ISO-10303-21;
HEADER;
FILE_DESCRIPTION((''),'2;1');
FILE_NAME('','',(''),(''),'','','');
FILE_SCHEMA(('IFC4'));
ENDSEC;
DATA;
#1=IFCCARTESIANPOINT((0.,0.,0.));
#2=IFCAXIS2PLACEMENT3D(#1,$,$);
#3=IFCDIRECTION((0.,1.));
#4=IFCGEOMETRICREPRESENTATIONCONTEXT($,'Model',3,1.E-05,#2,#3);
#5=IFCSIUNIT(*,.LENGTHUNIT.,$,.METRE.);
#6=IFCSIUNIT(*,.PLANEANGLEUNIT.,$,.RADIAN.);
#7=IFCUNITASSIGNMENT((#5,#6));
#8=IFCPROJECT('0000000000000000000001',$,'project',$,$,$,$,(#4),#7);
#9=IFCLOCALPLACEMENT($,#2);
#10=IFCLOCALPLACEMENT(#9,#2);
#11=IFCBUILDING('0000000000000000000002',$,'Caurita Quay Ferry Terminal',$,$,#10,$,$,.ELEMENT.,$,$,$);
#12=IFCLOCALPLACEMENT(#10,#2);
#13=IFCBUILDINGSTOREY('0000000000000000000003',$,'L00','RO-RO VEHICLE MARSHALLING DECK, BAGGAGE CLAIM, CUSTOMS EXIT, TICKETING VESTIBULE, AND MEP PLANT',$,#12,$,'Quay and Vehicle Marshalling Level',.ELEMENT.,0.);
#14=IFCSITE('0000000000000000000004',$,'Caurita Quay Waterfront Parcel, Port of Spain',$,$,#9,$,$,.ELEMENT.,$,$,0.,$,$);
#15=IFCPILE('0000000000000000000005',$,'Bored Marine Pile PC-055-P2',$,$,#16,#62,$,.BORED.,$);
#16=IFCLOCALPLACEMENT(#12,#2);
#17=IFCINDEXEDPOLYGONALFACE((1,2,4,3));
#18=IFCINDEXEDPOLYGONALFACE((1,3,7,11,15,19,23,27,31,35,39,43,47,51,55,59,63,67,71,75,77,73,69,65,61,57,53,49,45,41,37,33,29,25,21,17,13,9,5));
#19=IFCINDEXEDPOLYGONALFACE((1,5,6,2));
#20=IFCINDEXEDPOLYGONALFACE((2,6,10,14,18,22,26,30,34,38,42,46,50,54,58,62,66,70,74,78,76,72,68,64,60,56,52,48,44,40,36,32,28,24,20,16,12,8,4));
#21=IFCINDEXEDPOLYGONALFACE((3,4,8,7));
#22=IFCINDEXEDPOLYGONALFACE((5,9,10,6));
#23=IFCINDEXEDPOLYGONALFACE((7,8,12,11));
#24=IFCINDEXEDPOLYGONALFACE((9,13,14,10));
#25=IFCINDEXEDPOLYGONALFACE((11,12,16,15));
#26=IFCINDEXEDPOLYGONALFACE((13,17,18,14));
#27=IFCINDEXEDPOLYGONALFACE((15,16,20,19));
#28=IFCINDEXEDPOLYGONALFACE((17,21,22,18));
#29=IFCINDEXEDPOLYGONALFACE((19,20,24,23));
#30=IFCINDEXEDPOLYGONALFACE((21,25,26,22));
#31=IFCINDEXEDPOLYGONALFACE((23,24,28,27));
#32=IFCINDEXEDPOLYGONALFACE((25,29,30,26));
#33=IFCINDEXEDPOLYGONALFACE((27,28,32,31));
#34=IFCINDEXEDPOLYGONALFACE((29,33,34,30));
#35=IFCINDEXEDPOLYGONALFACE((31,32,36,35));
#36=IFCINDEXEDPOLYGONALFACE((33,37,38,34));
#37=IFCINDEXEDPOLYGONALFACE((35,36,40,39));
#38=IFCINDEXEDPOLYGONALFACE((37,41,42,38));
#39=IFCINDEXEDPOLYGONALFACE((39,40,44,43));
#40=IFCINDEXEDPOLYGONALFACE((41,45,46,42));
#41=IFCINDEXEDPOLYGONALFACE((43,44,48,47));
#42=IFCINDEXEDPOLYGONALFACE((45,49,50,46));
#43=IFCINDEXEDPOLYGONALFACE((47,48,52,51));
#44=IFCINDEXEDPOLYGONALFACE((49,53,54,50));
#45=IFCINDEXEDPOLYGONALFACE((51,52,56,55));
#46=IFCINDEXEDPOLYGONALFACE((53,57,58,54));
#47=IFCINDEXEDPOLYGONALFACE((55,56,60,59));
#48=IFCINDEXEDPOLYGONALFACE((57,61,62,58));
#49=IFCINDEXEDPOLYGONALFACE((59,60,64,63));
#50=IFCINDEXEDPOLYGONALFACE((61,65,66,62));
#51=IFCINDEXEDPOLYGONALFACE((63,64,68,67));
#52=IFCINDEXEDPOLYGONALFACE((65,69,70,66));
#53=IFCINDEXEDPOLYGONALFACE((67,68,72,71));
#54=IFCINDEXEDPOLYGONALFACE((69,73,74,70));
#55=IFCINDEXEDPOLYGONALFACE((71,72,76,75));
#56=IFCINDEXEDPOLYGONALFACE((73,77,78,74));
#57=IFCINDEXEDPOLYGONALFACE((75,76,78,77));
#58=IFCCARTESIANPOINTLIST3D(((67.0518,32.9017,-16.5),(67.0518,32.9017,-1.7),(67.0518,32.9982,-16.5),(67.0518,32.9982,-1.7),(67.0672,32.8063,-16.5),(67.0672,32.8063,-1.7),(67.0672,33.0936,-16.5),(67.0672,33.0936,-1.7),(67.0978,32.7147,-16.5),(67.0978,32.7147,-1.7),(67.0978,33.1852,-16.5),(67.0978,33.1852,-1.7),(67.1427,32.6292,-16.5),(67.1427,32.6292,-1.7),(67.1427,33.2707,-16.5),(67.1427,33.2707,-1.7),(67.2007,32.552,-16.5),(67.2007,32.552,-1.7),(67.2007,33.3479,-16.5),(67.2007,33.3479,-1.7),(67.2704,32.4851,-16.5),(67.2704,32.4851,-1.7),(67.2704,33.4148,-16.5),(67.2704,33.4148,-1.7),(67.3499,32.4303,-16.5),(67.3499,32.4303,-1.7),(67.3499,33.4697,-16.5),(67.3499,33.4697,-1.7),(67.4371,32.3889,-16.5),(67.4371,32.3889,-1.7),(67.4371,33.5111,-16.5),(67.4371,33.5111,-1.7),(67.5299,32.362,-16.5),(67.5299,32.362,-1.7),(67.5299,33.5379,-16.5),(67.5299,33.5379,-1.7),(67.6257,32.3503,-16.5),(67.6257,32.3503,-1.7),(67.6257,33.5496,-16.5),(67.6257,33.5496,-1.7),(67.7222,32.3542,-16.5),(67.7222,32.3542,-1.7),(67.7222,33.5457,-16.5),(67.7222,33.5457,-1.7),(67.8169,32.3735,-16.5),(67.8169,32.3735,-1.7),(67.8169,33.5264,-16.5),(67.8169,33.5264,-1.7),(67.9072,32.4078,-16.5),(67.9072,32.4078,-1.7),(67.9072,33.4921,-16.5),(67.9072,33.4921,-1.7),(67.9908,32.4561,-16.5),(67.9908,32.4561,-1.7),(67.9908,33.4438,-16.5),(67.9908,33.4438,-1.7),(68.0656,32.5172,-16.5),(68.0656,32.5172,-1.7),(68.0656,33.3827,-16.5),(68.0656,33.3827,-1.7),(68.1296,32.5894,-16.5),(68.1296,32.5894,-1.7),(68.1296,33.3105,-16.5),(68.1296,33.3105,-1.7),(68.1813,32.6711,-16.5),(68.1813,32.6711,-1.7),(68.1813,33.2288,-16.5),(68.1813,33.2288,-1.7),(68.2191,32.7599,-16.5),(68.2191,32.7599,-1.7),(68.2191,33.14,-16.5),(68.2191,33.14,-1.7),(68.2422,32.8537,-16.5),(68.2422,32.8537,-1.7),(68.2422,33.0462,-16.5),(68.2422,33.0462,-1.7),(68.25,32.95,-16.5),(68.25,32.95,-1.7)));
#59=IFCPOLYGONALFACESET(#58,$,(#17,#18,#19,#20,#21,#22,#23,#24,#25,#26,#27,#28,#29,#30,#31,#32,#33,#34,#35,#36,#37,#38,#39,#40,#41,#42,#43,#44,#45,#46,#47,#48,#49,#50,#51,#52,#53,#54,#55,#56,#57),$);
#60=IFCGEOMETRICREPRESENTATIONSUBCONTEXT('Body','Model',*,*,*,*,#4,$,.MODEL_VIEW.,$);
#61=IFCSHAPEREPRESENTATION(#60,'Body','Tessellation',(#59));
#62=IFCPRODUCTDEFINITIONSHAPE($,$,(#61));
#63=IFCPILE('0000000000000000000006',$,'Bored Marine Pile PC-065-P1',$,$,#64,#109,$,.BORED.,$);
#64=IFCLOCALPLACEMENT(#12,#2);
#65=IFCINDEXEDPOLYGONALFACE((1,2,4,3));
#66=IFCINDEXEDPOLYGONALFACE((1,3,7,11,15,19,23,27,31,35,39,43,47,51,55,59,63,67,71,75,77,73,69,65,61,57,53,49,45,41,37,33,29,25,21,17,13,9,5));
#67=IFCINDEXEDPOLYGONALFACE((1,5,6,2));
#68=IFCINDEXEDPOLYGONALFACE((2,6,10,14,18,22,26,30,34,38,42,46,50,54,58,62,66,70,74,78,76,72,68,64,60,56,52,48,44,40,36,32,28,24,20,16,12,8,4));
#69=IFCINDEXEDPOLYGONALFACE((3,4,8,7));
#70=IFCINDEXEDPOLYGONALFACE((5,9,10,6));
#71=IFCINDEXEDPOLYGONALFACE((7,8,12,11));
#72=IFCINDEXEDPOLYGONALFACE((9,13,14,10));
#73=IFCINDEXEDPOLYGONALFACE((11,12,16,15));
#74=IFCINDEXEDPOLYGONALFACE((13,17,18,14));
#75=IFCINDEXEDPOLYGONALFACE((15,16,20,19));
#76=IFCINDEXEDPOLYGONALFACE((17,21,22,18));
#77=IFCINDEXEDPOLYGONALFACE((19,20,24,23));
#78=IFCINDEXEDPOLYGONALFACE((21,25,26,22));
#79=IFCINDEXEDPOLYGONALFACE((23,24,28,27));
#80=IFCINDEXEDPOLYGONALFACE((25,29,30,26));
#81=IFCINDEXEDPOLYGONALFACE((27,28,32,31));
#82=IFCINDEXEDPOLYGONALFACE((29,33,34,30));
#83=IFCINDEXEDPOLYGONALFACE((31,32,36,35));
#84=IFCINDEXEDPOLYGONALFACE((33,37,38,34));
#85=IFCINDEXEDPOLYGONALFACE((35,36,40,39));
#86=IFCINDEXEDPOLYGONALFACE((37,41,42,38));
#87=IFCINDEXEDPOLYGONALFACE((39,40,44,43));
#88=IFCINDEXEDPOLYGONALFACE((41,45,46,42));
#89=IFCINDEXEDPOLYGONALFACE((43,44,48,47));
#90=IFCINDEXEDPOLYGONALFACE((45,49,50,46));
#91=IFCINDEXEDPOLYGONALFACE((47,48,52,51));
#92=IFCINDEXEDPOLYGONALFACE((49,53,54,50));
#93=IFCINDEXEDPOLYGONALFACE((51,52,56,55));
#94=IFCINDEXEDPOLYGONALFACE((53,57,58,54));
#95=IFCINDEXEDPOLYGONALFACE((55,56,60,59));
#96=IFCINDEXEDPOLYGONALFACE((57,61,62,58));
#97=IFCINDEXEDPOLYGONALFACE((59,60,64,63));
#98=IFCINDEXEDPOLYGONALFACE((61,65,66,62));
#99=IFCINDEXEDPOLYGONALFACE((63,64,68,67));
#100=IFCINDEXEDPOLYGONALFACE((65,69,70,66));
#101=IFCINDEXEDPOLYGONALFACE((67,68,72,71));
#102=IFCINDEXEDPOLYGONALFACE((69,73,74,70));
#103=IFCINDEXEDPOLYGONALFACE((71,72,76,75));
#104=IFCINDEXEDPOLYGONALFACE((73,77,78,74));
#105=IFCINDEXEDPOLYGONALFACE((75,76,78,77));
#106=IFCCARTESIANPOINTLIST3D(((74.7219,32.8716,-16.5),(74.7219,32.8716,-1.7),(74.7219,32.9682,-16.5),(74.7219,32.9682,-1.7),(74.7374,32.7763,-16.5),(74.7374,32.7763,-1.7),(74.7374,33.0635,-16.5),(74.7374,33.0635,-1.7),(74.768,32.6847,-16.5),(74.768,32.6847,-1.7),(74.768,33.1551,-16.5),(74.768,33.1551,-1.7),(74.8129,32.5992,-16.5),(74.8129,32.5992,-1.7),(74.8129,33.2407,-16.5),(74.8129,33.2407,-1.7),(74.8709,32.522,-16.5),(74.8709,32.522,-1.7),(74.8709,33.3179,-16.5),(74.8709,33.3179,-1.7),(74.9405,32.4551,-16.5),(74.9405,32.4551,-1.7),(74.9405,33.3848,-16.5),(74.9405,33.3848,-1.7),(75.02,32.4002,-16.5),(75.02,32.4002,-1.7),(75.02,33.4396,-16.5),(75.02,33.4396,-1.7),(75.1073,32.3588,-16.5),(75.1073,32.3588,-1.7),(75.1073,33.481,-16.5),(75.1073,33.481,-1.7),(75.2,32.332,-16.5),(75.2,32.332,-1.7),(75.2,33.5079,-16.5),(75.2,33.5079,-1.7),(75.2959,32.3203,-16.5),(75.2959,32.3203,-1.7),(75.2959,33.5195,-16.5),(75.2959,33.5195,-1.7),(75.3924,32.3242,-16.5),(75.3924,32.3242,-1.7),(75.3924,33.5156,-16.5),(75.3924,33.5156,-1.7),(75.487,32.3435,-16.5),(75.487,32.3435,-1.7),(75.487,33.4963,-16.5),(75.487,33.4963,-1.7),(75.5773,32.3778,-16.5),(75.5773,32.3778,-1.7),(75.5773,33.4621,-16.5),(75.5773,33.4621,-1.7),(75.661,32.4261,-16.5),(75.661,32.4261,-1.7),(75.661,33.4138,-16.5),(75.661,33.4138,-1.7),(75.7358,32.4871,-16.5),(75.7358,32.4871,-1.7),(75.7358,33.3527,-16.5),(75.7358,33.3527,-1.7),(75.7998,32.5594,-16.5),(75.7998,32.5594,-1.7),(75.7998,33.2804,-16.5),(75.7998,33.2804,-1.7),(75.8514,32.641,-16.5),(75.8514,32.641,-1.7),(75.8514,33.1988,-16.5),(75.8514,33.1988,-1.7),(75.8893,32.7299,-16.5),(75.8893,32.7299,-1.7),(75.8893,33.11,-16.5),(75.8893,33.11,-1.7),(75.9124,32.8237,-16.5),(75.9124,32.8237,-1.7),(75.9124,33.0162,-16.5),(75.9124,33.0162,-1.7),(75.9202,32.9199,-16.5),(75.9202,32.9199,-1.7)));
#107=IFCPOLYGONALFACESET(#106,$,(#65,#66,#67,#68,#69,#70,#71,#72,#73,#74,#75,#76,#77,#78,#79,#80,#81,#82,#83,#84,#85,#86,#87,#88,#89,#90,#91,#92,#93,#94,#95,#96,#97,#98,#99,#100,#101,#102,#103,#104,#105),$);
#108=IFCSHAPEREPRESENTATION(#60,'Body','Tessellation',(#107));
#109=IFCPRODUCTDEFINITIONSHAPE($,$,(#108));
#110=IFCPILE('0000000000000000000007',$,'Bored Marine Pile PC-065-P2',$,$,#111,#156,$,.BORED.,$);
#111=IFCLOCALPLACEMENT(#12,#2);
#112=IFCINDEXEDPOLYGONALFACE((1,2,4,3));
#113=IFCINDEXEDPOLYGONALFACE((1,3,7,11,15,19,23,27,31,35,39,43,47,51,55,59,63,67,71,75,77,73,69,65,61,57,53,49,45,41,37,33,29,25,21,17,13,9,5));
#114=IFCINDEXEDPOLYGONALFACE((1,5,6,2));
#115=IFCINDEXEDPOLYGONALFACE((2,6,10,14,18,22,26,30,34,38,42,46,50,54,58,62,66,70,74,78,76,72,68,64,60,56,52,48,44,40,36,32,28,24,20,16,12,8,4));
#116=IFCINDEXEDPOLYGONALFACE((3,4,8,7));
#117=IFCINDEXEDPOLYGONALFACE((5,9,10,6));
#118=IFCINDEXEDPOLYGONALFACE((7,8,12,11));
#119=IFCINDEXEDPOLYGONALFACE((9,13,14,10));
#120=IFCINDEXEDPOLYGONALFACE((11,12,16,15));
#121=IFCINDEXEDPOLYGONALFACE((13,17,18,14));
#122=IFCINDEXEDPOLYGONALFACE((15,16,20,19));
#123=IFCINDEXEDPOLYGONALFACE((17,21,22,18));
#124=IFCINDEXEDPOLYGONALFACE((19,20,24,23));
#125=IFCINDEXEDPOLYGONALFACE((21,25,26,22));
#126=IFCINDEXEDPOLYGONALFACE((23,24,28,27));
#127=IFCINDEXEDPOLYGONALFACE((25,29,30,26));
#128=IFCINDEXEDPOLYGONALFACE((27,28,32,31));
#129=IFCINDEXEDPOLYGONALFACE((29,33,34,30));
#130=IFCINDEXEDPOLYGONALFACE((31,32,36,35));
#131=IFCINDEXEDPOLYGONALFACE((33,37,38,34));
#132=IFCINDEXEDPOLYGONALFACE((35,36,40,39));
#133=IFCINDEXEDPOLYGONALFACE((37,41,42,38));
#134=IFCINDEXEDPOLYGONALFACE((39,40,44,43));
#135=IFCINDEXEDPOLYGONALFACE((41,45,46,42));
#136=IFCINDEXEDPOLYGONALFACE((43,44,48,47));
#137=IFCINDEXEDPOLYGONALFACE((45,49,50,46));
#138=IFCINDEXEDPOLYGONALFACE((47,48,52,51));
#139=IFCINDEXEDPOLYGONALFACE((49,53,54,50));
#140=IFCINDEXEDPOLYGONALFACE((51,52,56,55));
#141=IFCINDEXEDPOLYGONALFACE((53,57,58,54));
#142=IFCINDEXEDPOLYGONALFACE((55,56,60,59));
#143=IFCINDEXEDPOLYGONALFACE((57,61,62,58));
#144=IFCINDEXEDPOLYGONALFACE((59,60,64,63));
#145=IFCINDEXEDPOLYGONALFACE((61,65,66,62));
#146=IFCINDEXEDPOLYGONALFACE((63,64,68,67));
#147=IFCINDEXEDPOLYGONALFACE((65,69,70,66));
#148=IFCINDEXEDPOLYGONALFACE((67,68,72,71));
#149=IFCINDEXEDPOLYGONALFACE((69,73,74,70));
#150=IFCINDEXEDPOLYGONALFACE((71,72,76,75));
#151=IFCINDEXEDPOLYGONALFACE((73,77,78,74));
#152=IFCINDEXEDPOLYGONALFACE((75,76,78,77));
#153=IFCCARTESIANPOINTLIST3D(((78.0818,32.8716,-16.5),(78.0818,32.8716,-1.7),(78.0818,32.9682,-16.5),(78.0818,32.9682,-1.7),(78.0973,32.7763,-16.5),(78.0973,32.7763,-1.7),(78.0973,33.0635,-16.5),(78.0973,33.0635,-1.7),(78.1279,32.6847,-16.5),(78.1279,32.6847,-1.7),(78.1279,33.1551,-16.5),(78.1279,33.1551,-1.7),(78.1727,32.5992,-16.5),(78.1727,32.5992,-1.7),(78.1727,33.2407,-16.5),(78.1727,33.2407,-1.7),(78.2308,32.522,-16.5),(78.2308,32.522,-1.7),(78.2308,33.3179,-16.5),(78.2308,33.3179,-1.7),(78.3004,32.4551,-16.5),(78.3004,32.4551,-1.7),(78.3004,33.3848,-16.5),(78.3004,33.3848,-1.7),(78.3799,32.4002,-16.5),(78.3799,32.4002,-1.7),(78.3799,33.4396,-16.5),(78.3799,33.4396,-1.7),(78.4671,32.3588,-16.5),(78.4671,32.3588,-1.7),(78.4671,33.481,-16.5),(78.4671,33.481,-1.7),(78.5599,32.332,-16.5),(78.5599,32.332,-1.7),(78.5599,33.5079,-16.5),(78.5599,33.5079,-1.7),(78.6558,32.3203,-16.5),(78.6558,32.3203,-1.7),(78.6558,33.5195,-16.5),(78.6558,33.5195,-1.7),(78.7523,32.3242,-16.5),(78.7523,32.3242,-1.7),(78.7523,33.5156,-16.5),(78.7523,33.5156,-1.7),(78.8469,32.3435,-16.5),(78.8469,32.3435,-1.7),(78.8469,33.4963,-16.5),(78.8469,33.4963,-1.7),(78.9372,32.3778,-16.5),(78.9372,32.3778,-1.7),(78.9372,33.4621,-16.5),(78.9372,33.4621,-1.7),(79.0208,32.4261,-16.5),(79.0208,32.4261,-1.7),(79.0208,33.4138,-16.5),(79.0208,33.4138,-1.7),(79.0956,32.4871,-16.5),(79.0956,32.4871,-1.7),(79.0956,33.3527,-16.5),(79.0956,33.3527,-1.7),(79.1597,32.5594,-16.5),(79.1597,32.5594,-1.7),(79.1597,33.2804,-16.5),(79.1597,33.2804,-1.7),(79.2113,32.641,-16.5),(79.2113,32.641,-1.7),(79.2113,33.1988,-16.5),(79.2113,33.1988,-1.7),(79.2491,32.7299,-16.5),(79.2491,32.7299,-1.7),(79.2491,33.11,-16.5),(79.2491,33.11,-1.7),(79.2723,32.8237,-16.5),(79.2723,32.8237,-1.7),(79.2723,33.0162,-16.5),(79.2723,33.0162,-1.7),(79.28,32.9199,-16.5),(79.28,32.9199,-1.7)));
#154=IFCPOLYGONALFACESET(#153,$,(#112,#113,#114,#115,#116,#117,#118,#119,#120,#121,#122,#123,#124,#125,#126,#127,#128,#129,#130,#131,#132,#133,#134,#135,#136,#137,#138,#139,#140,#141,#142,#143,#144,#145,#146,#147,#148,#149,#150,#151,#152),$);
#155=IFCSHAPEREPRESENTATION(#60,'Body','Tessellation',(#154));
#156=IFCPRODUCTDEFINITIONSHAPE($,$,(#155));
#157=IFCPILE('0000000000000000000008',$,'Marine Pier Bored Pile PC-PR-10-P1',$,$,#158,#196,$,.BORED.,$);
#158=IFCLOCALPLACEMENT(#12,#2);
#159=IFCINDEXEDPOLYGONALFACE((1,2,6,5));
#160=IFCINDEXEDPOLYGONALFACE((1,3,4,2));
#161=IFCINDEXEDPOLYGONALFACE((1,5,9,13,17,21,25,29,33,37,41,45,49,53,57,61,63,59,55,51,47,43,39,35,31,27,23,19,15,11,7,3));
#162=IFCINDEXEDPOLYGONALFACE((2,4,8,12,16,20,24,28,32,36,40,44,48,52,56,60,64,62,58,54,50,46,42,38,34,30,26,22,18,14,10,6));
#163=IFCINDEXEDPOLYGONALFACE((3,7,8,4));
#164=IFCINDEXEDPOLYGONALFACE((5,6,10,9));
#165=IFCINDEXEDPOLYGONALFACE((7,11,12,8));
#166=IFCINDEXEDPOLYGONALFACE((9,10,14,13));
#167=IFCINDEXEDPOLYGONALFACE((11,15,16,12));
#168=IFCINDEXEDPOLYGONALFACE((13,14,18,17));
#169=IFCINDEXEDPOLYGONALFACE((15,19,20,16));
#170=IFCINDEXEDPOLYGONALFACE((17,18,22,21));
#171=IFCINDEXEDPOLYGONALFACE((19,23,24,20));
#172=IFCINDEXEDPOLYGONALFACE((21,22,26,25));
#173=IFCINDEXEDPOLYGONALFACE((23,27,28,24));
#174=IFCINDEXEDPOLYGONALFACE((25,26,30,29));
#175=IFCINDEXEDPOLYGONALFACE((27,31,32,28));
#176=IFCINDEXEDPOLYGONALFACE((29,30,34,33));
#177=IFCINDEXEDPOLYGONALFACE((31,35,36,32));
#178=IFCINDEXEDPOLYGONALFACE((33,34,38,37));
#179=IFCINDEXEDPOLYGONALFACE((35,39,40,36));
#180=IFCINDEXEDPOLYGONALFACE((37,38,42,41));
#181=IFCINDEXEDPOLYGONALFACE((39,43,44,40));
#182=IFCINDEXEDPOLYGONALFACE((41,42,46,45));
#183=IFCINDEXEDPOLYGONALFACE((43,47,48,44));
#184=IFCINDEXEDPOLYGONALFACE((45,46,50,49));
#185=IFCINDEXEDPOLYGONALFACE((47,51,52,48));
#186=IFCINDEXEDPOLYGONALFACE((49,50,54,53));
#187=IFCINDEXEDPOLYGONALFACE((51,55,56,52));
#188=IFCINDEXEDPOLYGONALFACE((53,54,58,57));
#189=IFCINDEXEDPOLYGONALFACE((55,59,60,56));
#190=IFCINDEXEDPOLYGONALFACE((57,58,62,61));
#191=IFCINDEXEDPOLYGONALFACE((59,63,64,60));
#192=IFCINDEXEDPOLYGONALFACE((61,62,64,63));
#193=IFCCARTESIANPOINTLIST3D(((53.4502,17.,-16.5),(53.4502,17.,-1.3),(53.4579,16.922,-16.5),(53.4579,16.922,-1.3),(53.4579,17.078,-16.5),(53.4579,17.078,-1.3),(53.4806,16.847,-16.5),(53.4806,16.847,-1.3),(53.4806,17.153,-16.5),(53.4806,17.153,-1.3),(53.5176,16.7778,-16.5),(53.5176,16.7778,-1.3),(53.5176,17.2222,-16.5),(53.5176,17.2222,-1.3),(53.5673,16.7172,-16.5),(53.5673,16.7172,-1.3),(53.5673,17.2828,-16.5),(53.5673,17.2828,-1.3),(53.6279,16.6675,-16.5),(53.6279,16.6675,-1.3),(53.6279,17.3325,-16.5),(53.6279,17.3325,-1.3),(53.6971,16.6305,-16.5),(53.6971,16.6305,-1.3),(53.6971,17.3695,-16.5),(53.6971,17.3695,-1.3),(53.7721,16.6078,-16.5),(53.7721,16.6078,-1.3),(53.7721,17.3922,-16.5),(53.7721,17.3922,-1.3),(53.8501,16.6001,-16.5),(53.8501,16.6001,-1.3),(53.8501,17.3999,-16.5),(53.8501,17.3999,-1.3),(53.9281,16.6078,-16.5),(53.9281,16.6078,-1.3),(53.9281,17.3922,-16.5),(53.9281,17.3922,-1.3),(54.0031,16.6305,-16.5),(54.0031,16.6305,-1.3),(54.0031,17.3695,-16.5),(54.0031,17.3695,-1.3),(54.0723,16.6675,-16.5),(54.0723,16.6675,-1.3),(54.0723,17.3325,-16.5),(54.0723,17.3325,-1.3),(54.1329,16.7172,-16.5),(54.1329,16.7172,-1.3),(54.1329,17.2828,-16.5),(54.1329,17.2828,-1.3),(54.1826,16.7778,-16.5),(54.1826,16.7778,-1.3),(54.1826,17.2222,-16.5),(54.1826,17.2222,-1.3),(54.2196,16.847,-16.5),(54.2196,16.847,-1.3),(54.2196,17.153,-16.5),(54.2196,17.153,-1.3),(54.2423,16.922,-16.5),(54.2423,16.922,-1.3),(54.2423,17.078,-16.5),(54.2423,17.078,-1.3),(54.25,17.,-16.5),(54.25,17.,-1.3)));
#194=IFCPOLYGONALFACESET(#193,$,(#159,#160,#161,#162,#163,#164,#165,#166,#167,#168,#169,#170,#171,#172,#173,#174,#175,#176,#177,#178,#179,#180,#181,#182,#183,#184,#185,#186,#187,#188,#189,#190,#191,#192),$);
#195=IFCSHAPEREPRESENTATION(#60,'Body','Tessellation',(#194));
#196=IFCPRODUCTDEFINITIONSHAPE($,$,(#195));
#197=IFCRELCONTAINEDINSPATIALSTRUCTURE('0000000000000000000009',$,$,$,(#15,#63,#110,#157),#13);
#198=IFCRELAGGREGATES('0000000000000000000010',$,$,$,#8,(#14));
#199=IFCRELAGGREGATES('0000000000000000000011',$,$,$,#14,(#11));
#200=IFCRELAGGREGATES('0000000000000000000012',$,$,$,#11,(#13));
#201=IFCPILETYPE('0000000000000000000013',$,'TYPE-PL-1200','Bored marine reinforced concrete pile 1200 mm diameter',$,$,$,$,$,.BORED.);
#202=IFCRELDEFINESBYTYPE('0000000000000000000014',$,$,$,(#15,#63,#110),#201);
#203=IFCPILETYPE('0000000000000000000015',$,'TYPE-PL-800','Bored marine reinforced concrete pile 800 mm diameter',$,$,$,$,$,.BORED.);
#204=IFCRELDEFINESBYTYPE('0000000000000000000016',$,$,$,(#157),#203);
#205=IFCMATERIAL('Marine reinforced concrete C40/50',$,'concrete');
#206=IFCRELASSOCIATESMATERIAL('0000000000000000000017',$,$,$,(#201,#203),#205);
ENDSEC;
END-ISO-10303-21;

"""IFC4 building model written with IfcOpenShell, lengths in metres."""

from ifc_helpers import new_model, si_unit, direction, frame, origin, origin_2d, place, context, subcontext, project, spatial, circle, extrude, material, material_profile, profile_set, type_object, element, save


model = new_model("IFC4")

# Units and contexts
model_context = context("Model", 3, precision=1e-05, world=origin(), true_north=direction((0.0, 1.0)))
body_context = subcontext(model_context, "Body", "Model", "MODEL_VIEW")
ifc_project = project(units=[si_unit("LENGTHUNIT", "METRE"), si_unit("PLANEANGLEUNIT", "RADIAN")], contexts=[model_context])

# Site, building, storey
site_placement = place(None, origin())
site = spatial("IfcSite", under=ifc_project, at=site_placement, Name="Caurita Quay Waterfront Parcel, Port of Spain", CompositionType="ELEMENT", RefElevation=0.0)
building_placement = place(site_placement, origin())
building = spatial("IfcBuilding", under=site, at=building_placement, Name="Caurita Quay Ferry Terminal", CompositionType="ELEMENT")
storey_placement = place(building_placement, origin())
storey = spatial("IfcBuildingStorey", under=building, at=storey_placement, Name="L00", Description="RO-RO VEHICLE MARSHALLING DECK, BAGGAGE CLAIM, CUSTOMS EXIT, TICKETING VESTIBULE, AND MEP PLANT", LongName="Quay and Vehicle Marshalling Level", CompositionType="ELEMENT", Elevation=0.0)

# Piles
ifc_material_1 = material(Name="Marine reinforced concrete C40/50", Category="concrete")
ifc_material_profile_1 = material_profile(ifc_material_1, circle(Radius=0.6001, at=origin_2d()), Name="PILE-D1200")
ifc_profile_set_1 = profile_set([ifc_material_profile_1], Name="Marine reinforced concrete C40/50")
pile_type_1 = type_object("IfcPileType", Name="TYPE-PL-1200", Description="Bored marine reinforced concrete pile 1200 mm diameter", PredefinedType="BORED", material=ifc_profile_set_1)
for number, where, z_axis, x_axis, name in (
    (1, (67.6499, 32.95, -1.7), (0.0, 0.0, -1.0), (1.0, 0.0, 0.0), "Bored Marine Pile PC-055-P2"),
    (2, (75.3201, 32.9199, -1.7), (0.0, 0.0, -1.0), (1.0, 0.0, 0.0), "Bored Marine Pile PC-065-P1"),
    (3, (78.6799, 32.9199, -1.7), (0.0, 0.0, -1.0), (1.0, 0.0, 0.0), "Bored Marine Pile PC-065-P2"),
):
    element("IfcPile", number, at=place(storey_placement, frame(where, z_axis=z_axis, x_axis=x_axis)), inside=storey, type_object=pile_type_1, Name=name, PredefinedType="BORED", context=body_context, shape_type="SweptSolid", body=[
        extrude(circle(Radius=0.6001, at=origin_2d()), origin(), (0.0, 0.0, 1.0), 14.8),
    ])
ifc_material_profile_2 = material_profile(ifc_material_1, circle(Radius=0.3999, at=origin_2d()), Name="PILE-D800")
ifc_profile_set_2 = profile_set([ifc_material_profile_2], Name="Marine reinforced concrete C40/50")
pile_type_2 = type_object("IfcPileType", Name="TYPE-PL-800", Description="Bored marine reinforced concrete pile 800 mm diameter", PredefinedType="BORED", material=ifc_profile_set_2)
for number, where, z_axis, x_axis, name in (
    (4, (53.8501, 17.0, -1.3), (0.0, 0.0, -1.0), (1.0, 0.0, 0.0), "Marine Pier Bored Pile PC-PR-10-P1"),
):
    element("IfcPile", number, at=place(storey_placement, frame(where, z_axis=z_axis, x_axis=x_axis)), inside=storey, type_object=pile_type_2, Name=name, PredefinedType="BORED", context=body_context, shape_type="SweptSolid", body=[
        extrude(circle(Radius=0.3999, at=origin_2d()), origin(), (0.0, 0.0, 1.0), 15.2),
    ])

save(model, "model.ifc")
